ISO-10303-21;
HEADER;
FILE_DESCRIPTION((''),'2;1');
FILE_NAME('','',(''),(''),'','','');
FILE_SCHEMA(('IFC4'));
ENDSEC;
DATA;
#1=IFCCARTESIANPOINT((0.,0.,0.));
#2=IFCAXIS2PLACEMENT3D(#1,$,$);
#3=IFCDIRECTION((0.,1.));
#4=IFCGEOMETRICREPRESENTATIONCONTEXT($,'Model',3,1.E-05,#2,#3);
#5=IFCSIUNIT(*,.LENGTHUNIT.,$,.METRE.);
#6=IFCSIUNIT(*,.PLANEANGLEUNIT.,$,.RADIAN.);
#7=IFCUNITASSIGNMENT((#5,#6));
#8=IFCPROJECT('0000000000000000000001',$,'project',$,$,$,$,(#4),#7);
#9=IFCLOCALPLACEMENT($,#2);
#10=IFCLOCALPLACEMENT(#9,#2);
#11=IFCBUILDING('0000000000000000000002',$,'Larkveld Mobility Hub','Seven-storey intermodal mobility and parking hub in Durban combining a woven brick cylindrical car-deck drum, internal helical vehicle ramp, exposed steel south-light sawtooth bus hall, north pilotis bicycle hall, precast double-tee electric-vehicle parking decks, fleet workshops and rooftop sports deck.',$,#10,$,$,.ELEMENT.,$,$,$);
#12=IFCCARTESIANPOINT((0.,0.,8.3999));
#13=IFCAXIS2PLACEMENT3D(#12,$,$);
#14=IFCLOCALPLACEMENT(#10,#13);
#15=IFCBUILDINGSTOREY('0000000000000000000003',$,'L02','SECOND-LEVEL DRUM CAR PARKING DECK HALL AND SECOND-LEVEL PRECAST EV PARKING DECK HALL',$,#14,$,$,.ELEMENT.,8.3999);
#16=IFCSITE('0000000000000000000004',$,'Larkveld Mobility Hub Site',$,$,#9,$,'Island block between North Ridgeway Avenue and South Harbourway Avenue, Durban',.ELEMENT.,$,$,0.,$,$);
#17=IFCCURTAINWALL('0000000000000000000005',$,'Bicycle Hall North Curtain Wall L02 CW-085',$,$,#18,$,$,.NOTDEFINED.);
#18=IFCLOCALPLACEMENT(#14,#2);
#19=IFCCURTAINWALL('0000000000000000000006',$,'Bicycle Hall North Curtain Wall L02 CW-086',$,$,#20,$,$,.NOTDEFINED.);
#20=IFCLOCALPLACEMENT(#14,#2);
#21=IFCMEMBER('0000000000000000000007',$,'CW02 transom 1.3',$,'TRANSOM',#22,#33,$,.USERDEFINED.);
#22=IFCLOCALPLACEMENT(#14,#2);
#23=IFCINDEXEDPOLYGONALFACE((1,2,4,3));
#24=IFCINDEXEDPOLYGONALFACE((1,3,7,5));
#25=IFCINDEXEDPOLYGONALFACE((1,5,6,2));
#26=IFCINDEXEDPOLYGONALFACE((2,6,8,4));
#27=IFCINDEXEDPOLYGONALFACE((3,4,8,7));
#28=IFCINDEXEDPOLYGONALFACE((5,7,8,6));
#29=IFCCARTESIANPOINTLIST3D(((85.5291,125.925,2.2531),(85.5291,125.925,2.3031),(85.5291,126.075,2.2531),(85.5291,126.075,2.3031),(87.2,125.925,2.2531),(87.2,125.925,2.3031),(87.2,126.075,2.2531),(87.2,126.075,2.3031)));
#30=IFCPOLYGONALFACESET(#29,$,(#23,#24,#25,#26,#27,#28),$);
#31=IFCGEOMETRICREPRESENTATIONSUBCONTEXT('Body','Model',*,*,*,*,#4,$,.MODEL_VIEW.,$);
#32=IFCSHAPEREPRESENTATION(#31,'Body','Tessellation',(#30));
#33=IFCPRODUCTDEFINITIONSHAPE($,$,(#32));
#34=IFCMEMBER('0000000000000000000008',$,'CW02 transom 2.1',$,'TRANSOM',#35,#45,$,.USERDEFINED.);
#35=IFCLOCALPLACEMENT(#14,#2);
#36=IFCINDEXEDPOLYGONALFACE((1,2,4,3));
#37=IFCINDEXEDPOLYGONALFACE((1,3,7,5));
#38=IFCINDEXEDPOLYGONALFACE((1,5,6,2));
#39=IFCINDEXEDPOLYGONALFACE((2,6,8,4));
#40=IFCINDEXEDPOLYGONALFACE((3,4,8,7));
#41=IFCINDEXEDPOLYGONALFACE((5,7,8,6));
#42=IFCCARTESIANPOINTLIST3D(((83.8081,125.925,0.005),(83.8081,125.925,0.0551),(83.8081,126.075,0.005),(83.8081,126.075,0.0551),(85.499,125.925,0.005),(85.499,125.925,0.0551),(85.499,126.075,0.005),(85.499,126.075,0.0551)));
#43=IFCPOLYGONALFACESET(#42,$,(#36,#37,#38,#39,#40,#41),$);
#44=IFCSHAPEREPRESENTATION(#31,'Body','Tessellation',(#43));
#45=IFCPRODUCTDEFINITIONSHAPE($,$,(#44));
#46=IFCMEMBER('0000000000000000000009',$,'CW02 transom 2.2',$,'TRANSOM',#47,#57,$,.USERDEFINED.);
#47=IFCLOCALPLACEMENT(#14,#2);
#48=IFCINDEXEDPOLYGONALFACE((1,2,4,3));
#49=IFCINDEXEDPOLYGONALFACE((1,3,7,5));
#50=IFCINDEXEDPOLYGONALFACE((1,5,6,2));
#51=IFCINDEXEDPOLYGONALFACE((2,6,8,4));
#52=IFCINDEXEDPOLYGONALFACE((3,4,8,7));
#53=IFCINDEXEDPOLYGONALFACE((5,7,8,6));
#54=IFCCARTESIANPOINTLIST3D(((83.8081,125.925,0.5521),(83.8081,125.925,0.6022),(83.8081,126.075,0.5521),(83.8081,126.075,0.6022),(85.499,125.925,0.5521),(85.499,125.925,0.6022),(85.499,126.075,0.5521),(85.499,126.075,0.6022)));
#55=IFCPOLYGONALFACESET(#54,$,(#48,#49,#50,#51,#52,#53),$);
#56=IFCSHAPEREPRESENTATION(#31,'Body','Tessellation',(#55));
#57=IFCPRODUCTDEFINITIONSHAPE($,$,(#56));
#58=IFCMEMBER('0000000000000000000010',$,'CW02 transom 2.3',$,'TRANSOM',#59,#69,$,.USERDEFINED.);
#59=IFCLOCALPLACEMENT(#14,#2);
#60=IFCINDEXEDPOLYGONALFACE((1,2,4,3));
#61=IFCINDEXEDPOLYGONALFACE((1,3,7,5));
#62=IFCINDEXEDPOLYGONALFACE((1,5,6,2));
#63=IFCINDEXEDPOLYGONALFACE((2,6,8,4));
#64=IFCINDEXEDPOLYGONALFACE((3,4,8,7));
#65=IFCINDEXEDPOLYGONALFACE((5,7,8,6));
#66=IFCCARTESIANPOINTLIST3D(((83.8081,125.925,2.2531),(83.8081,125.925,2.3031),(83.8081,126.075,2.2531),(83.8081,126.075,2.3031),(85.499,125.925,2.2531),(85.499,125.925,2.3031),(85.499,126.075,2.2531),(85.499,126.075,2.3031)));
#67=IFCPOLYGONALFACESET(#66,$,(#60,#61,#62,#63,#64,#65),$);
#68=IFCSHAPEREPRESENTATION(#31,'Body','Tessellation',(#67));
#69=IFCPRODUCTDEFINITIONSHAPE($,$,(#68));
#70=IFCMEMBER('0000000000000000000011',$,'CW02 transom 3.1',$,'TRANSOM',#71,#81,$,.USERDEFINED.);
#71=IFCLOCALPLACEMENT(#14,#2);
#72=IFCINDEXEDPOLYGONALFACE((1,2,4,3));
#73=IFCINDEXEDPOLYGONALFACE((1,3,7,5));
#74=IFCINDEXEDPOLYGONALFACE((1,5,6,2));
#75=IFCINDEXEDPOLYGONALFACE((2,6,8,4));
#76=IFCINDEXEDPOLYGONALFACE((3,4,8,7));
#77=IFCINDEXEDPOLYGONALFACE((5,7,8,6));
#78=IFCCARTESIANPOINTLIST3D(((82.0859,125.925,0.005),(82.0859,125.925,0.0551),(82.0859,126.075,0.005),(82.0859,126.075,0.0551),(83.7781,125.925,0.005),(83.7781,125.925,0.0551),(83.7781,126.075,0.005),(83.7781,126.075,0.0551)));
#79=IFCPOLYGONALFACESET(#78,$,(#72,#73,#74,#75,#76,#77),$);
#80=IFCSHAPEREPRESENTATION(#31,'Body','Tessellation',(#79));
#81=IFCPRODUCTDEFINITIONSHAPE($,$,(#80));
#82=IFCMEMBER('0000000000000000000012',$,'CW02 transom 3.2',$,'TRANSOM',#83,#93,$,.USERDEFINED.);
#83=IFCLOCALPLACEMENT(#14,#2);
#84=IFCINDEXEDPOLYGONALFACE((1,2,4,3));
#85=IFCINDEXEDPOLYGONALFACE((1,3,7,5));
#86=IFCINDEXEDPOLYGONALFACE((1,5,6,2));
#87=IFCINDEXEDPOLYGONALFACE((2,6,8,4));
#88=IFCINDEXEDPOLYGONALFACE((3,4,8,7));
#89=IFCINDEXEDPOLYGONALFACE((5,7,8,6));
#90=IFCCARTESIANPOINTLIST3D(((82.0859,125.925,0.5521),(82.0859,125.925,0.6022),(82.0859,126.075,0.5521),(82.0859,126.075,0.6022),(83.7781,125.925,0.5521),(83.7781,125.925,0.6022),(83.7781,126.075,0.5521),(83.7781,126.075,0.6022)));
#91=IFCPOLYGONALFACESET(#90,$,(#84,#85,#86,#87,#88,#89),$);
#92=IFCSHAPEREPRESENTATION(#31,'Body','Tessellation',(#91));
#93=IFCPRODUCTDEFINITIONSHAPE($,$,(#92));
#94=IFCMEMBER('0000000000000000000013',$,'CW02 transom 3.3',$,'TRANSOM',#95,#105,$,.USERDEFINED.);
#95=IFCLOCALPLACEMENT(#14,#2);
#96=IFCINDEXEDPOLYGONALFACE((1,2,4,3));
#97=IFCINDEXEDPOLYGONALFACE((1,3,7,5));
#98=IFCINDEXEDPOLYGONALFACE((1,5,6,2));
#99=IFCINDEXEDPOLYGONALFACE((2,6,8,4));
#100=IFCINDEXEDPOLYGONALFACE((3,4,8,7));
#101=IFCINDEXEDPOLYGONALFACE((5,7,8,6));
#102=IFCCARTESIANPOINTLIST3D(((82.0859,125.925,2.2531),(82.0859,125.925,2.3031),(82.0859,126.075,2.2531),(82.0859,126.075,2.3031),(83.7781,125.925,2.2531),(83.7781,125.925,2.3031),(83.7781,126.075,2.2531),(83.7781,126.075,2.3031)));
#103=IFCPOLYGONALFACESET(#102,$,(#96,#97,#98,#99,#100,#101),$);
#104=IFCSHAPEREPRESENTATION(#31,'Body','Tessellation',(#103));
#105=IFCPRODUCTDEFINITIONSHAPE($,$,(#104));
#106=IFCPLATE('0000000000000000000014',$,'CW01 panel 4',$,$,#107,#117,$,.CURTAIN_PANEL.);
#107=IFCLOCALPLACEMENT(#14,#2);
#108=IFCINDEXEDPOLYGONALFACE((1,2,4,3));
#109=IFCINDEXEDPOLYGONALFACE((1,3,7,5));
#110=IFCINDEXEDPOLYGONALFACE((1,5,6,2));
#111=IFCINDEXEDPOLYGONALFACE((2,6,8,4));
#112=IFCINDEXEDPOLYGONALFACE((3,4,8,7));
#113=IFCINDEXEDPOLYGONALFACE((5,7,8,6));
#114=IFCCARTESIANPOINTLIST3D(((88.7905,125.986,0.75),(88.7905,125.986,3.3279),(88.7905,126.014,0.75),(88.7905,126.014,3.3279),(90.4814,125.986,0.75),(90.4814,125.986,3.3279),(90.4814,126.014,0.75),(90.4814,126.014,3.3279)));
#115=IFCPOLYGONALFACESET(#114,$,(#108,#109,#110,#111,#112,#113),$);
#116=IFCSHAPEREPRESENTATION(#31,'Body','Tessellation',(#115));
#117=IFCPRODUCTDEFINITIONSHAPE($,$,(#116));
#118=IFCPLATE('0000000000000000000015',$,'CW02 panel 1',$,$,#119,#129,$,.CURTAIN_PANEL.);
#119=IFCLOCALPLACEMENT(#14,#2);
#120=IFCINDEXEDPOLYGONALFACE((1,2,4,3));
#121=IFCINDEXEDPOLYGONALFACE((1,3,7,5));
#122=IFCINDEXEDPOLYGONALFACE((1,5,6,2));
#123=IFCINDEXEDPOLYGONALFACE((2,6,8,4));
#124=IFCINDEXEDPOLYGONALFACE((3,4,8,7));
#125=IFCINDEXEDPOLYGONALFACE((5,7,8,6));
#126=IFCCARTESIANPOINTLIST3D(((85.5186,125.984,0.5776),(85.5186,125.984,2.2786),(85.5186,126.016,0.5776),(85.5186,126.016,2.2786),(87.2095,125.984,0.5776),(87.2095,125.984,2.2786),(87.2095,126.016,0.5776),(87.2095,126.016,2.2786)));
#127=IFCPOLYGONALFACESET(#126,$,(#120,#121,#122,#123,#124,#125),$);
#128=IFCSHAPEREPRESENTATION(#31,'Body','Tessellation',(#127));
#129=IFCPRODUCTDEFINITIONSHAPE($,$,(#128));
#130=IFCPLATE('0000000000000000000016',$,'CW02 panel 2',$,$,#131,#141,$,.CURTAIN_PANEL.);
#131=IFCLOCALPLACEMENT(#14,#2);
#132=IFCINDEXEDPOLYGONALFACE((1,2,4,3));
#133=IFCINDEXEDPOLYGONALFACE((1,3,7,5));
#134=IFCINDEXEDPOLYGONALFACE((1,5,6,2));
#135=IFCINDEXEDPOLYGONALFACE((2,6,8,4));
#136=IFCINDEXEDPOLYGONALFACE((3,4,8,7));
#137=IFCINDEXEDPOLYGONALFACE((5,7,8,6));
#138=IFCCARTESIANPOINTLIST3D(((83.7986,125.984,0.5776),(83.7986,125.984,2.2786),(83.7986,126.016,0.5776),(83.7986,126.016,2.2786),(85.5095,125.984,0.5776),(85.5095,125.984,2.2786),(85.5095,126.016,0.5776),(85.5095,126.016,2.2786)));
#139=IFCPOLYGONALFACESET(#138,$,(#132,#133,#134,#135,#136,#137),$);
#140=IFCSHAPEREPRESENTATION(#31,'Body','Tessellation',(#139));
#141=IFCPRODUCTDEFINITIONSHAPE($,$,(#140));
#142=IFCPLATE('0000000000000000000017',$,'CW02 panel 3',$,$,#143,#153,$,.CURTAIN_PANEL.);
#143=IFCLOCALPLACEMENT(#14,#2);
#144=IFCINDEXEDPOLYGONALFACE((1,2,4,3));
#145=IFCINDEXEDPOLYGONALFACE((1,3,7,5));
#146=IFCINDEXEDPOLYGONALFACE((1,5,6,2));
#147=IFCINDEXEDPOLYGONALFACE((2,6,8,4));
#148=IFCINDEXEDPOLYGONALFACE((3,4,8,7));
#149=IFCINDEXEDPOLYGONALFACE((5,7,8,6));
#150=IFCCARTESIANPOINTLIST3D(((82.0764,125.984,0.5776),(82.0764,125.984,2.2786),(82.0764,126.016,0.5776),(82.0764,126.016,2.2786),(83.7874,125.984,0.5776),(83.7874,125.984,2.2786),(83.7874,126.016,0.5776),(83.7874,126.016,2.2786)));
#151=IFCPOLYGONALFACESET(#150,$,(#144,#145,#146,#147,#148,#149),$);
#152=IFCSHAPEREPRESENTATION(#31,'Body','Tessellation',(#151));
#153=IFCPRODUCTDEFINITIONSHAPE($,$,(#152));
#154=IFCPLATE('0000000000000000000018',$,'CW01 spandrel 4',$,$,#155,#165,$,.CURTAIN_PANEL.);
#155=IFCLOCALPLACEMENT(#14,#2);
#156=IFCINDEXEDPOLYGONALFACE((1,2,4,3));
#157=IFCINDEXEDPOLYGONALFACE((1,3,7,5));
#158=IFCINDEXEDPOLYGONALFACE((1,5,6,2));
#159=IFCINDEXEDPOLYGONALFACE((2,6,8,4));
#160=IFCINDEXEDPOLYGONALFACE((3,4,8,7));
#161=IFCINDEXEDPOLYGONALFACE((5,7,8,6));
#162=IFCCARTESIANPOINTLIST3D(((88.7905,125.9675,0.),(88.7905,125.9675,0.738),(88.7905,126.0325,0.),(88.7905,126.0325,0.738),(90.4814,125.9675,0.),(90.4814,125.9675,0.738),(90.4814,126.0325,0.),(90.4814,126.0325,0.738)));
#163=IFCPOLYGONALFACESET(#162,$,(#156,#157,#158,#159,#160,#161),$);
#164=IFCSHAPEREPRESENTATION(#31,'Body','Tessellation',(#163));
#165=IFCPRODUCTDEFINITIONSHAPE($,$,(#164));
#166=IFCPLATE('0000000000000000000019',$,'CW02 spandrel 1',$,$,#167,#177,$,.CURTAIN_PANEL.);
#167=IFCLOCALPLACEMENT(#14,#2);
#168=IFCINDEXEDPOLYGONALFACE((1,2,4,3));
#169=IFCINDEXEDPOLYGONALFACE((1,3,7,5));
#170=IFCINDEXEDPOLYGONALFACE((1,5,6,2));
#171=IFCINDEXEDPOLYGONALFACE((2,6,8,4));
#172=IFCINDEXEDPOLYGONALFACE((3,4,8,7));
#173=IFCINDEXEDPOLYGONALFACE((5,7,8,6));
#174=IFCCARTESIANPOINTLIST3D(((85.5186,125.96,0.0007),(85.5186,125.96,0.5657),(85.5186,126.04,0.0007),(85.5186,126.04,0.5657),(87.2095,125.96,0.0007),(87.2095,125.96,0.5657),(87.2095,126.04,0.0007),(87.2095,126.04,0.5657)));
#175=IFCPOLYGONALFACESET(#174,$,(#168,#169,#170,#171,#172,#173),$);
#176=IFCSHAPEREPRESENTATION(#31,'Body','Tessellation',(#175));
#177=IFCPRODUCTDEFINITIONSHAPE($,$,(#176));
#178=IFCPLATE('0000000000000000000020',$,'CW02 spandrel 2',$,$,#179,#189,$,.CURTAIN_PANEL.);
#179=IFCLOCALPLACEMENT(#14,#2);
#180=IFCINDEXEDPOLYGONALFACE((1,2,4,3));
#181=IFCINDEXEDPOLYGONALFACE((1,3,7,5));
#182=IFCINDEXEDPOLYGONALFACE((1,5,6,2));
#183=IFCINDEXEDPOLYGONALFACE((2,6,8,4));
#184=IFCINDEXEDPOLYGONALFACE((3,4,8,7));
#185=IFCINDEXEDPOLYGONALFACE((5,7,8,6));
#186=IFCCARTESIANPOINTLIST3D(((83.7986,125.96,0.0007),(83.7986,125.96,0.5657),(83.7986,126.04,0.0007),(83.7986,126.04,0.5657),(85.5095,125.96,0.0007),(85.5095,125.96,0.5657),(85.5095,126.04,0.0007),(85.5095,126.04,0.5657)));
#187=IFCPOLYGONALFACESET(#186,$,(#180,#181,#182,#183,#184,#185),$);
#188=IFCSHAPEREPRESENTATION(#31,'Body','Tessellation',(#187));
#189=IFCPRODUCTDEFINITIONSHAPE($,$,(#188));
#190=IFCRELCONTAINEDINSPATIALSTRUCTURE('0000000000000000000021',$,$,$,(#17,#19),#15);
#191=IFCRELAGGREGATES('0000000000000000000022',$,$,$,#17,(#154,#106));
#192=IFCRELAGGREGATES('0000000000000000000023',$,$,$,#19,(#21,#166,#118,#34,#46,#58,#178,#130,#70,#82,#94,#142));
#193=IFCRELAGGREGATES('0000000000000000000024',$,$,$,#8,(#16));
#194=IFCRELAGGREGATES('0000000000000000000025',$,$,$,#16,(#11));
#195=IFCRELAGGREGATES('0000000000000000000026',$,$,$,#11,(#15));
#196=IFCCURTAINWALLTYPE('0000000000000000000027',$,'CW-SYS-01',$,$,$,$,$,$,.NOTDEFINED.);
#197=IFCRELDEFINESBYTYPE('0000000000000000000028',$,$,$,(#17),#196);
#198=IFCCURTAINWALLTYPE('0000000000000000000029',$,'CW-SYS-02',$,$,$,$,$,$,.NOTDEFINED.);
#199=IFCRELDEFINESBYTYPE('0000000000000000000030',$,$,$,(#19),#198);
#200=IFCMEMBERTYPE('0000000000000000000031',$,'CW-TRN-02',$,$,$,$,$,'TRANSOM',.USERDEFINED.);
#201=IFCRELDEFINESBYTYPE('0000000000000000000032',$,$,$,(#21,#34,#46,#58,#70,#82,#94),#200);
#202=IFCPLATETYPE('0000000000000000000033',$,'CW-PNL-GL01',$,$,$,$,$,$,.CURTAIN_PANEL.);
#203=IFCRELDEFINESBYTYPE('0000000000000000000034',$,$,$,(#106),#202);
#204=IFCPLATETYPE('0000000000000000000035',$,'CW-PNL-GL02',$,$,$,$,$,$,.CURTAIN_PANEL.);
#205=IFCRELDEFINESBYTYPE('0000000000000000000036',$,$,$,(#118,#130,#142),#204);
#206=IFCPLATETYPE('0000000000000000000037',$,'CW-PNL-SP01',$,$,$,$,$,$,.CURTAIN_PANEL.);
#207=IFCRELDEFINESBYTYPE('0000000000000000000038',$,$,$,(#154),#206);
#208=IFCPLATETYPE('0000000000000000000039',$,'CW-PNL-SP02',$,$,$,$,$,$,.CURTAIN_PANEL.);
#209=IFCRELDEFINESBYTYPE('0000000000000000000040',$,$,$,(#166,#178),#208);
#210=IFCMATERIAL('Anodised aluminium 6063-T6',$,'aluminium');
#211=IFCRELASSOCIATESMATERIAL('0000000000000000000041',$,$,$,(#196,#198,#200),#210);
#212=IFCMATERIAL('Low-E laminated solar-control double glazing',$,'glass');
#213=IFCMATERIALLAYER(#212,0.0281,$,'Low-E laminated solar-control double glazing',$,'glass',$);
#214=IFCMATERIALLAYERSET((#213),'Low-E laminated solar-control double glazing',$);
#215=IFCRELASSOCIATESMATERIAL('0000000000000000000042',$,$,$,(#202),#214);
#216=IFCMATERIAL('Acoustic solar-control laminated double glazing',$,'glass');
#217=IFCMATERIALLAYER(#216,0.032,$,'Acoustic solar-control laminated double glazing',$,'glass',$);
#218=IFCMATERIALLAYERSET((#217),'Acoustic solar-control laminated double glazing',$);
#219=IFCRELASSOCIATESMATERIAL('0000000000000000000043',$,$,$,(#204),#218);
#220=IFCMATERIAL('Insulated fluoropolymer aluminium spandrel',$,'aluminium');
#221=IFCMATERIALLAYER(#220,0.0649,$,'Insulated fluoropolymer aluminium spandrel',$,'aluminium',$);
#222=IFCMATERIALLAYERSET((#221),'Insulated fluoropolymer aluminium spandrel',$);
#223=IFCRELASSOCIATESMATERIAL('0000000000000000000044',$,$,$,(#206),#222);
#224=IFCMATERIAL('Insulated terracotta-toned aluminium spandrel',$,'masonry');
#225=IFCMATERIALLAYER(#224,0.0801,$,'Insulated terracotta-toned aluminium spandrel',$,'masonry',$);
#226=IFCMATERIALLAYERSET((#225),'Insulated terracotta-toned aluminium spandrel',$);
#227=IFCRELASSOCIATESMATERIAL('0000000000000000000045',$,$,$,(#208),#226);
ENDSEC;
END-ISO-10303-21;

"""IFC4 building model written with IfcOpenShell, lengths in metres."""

from ifc_helpers import new_model, si_unit, direction, frame, origin, origin_2d, place, context, subcontext, project, spatial, rectangle, extrude, material, layer, layer_set, material_profile, profile_set, type_object, element, aggregate, save


model = new_model("IFC4")

# Units and contexts
model_context = context("Model", 3, precision=1e-05, world=origin(), true_north=direction((0.0, 1.0)))
body_context = subcontext(model_context, "Body", "Model", "MODEL_VIEW")
ifc_project = project(units=[si_unit("LENGTHUNIT", "METRE"), si_unit("PLANEANGLEUNIT", "RADIAN")], contexts=[model_context])

# Site, building, storey
site_placement = place(None, origin())
site = spatial("IfcSite", under=ifc_project, at=site_placement, Name="Larkveld Mobility Hub Site", LongName="Island block between North Ridgeway Avenue and South Harbourway Avenue, Durban", CompositionType="ELEMENT", RefElevation=0.0)
building_placement = place(site_placement, origin())
building = spatial("IfcBuilding", under=site, at=building_placement, Name="Larkveld Mobility Hub", Description="Seven-storey intermodal mobility and parking hub in Durban combining a woven brick cylindrical car-deck drum, internal helical vehicle ramp, exposed steel south-light sawtooth bus hall, north pilotis bicycle hall, precast double-tee electric-vehicle parking decks, fleet workshops and rooftop sports deck.", CompositionType="ELEMENT")
storey_placement = place(building_placement, frame((0.0, 0.0, 8.3999)))
storey = spatial("IfcBuildingStorey", under=building, at=storey_placement, Name="L02", Description="SECOND-LEVEL DRUM CAR PARKING DECK HALL AND SECOND-LEVEL PRECAST EV PARKING DECK HALL", CompositionType="ELEMENT", Elevation=8.3999)

# Curtain wall
ifc_material_1 = material(Name="Anodised aluminium 6063-T6", Category="aluminium")
curtain_wall_type_1 = type_object("IfcCurtainWallType", Name="CW-SYS-01", PredefinedType="NOTDEFINED", material=ifc_material_1)
curtain_wall_1_placement = place(storey_placement, origin())
curtain_wall_1 = element("IfcCurtainWall", 1, at=curtain_wall_1_placement, inside=storey, type_object=curtain_wall_type_1, Name="Bicycle Hall North Curtain Wall L02 CW-085", PredefinedType="NOTDEFINED")

# Curtain wall
curtain_wall_type_2 = type_object("IfcCurtainWallType", Name="CW-SYS-02", PredefinedType="NOTDEFINED", material=ifc_material_1)
curtain_wall_2_placement = place(storey_placement, origin())
curtain_wall_2 = element("IfcCurtainWall", 2, at=curtain_wall_2_placement, inside=storey, type_object=curtain_wall_type_2, Name="Bicycle Hall North Curtain Wall L02 CW-086", PredefinedType="NOTDEFINED")

# Members
ifc_material_profile_1 = material_profile(ifc_material_1, rectangle(XDim=0.1499, YDim=0.05, at=origin_2d()), Name="ALU TRAN 50x150")
ifc_profile_set_1 = profile_set([ifc_material_profile_1], Name="Anodised aluminium 6063-T6")
member_type_1 = type_object("IfcMemberType", Name="CW-TRN-02", ElementType="TRANSOM", PredefinedType="USERDEFINED", material=ifc_profile_set_1)
member_1_placement = place(storey_placement, frame((87.2, 126.0, 2.2781), z_axis=(-1.0, 0.0, 0.0), x_axis=(0.0, -1.0, 0.0)))
member_1 = element("IfcMember", 3, at=member_1_placement, type_object=member_type_1, Name="CW02 transom 1.3", ObjectType="TRANSOM", PredefinedType="USERDEFINED", context=body_context, shape_type="SweptSolid", body=[
    extrude(rectangle(XDim=0.1499, YDim=0.05, at=origin_2d()), origin(), (0.0, 0.0, 1.0), 1.6709),
])
member_2_placement = place(storey_placement, frame((85.499, 126.0, 0.03), z_axis=(-1.0, 0.0, 0.0), x_axis=(0.0, -1.0, 0.0)))
member_2 = element("IfcMember", 4, at=member_2_placement, type_object=member_type_1, Name="CW02 transom 2.1", ObjectType="TRANSOM", PredefinedType="USERDEFINED", context=body_context, shape_type="SweptSolid", body=[
    extrude(rectangle(XDim=0.1499, YDim=0.05, at=origin_2d()), origin(), (0.0, 0.0, 1.0), 1.6909),
])
member_3_placement = place(storey_placement, frame((85.499, 126.0, 0.5771), z_axis=(-1.0, 0.0, 0.0), x_axis=(0.0, -1.0, 0.0)))
member_3 = element("IfcMember", 5, at=member_3_placement, type_object=member_type_1, Name="CW02 transom 2.2", ObjectType="TRANSOM", PredefinedType="USERDEFINED", context=body_context, shape_type="SweptSolid", body=[
    extrude(rectangle(XDim=0.1499, YDim=0.05, at=origin_2d()), origin(), (0.0, 0.0, 1.0), 1.6909),
])
member_4_placement = place(storey_placement, frame((85.499, 126.0, 2.2781), z_axis=(-1.0, 0.0, 0.0), x_axis=(0.0, -1.0, 0.0)))
member_4 = element("IfcMember", 6, at=member_4_placement, type_object=member_type_1, Name="CW02 transom 2.3", ObjectType="TRANSOM", PredefinedType="USERDEFINED", context=body_context, shape_type="SweptSolid", body=[
    extrude(rectangle(XDim=0.1499, YDim=0.05, at=origin_2d()), origin(), (0.0, 0.0, 1.0), 1.6909),
])
member_5_placement = place(storey_placement, frame((83.7781, 126.0, 0.03), z_axis=(-1.0, 0.0, 0.0), x_axis=(0.0, -1.0, 0.0)))
member_5 = element("IfcMember", 7, at=member_5_placement, type_object=member_type_1, Name="CW02 transom 3.1", ObjectType="TRANSOM", PredefinedType="USERDEFINED", context=body_context, shape_type="SweptSolid", body=[
    extrude(rectangle(XDim=0.1499, YDim=0.05, at=origin_2d()), origin(), (0.0, 0.0, 1.0), 1.6921),
])
member_6_placement = place(storey_placement, frame((83.7781, 126.0, 0.5771), z_axis=(-1.0, 0.0, 0.0), x_axis=(0.0, -1.0, 0.0)))
member_6 = element("IfcMember", 8, at=member_6_placement, type_object=member_type_1, Name="CW02 transom 3.2", ObjectType="TRANSOM", PredefinedType="USERDEFINED", context=body_context, shape_type="SweptSolid", body=[
    extrude(rectangle(XDim=0.1499, YDim=0.05, at=origin_2d()), origin(), (0.0, 0.0, 1.0), 1.6921),
])
member_7_placement = place(storey_placement, frame((83.7781, 126.0, 2.2781), z_axis=(-1.0, 0.0, 0.0), x_axis=(0.0, -1.0, 0.0)))
member_7 = element("IfcMember", 9, at=member_7_placement, type_object=member_type_1, Name="CW02 transom 3.3", ObjectType="TRANSOM", PredefinedType="USERDEFINED", context=body_context, shape_type="SweptSolid", body=[
    extrude(rectangle(XDim=0.1499, YDim=0.05, at=origin_2d()), origin(), (0.0, 0.0, 1.0), 1.6921),
])

# Plates
ifc_material_2 = material(Name="Low-E laminated solar-control double glazing", Category="glass")
ifc_layer_1 = layer(ifc_material_2, 0.0281, Name="Low-E laminated solar-control double glazing", Category="glass")
ifc_layer_set_1 = layer_set([ifc_layer_1], Name="Low-E laminated solar-control double glazing")
plate_type_1 = type_object("IfcPlateType", Name="CW-PNL-GL01", PredefinedType="CURTAIN_PANEL", material=ifc_layer_set_1)
plate_1_placement = place(storey_placement, frame((89.636, 126.0, 0.75), z_axis=(0.0, 0.0, 1.0), x_axis=(-1.0, 0.0, 0.0)))
plate_1 = element("IfcPlate", 10, at=plate_1_placement, type_object=plate_type_1, Name="CW01 panel 4", PredefinedType="CURTAIN_PANEL", context=body_context, shape_type="SweptSolid", body=[
    extrude(rectangle(XDim=1.6909, YDim=0.0281, at=origin_2d()), origin(), (0.0, 0.0, 1.0), 2.5779),
])
ifc_material_3 = material(Name="Acoustic solar-control laminated double glazing", Category="glass")
ifc_layer_2 = layer(ifc_material_3, 0.032, Name="Acoustic solar-control laminated double glazing", Category="glass")
ifc_layer_set_2 = layer_set([ifc_layer_2], Name="Acoustic solar-control laminated double glazing")
plate_type_2 = type_object("IfcPlateType", Name="CW-PNL-GL02", PredefinedType="CURTAIN_PANEL", material=ifc_layer_set_2)
plate_2_placement = place(storey_placement, frame((86.364, 126.0, 0.5776), z_axis=(0.0, 0.0, 1.0), x_axis=(-1.0, 0.0, 0.0)))
plate_2 = element("IfcPlate", 11, at=plate_2_placement, type_object=plate_type_2, Name="CW02 panel 1", PredefinedType="CURTAIN_PANEL", context=body_context, shape_type="SweptSolid", body=[
    extrude(rectangle(XDim=1.6909, YDim=0.032, at=origin_2d()), origin(), (0.0, 0.0, 1.0), 1.7009),
])
plate_3_placement = place(storey_placement, frame((84.6541, 126.0, 0.5776), z_axis=(0.0, 0.0, 1.0), x_axis=(-1.0, 0.0, 0.0)))
plate_3 = element("IfcPlate", 12, at=plate_3_placement, type_object=plate_type_2, Name="CW02 panel 2", PredefinedType="CURTAIN_PANEL", context=body_context, shape_type="SweptSolid", body=[
    extrude(rectangle(XDim=1.7109, YDim=0.032, at=origin_2d()), origin(), (0.0, 0.0, 1.0), 1.7009),
])
plate_4_placement = place(storey_placement, frame((82.9319, 126.0, 0.5776), z_axis=(0.0, 0.0, 1.0), x_axis=(-1.0, 0.0, 0.0)))
plate_4 = element("IfcPlate", 13, at=plate_4_placement, type_object=plate_type_2, Name="CW02 panel 3", PredefinedType="CURTAIN_PANEL", context=body_context, shape_type="SweptSolid", body=[
    extrude(rectangle(XDim=1.7109, YDim=0.032, at=origin_2d()), origin(), (0.0, 0.0, 1.0), 1.7009),
])
ifc_material_4 = material(Name="Insulated fluoropolymer aluminium spandrel", Category="aluminium")
ifc_layer_3 = layer(ifc_material_4, 0.0649, Name="Insulated fluoropolymer aluminium spandrel", Category="aluminium")
ifc_layer_set_3 = layer_set([ifc_layer_3], Name="Insulated fluoropolymer aluminium spandrel")
plate_type_3 = type_object("IfcPlateType", Name="CW-PNL-SP01", PredefinedType="CURTAIN_PANEL", material=ifc_layer_set_3)
plate_5_placement = place(storey_placement, frame((89.636, 126.0, 0.0), z_axis=(0.0, 0.0, 1.0), x_axis=(-1.0, 0.0, 0.0)))
plate_5 = element("IfcPlate", 14, at=plate_5_placement, type_object=plate_type_3, Name="CW01 spandrel 4", PredefinedType="CURTAIN_PANEL", context=body_context, shape_type="SweptSolid", body=[
    extrude(rectangle(XDim=1.6909, YDim=0.0649, at=origin_2d()), origin(), (0.0, 0.0, 1.0), 0.738),
])
aggregate(curtain_wall_1, [plate_5, plate_1])
ifc_material_5 = material(Name="Insulated terracotta-toned aluminium spandrel", Category="masonry")
ifc_layer_4 = layer(ifc_material_5, 0.0801, Name="Insulated terracotta-toned aluminium spandrel", Category="masonry")
ifc_layer_set_4 = layer_set([ifc_layer_4], Name="Insulated terracotta-toned aluminium spandrel")
plate_type_4 = type_object("IfcPlateType", Name="CW-PNL-SP02", PredefinedType="CURTAIN_PANEL", material=ifc_layer_set_4)
plate_6_placement = place(storey_placement, frame((86.364, 126.0, 0.0007), z_axis=(0.0, 0.0, 1.0), x_axis=(-1.0, 0.0, 0.0)))
plate_6 = element("IfcPlate", 15, at=plate_6_placement, type_object=plate_type_4, Name="CW02 spandrel 1", PredefinedType="CURTAIN_PANEL", context=body_context, shape_type="SweptSolid", body=[
    extrude(rectangle(XDim=1.6909, YDim=0.0801, at=origin_2d()), origin(), (0.0, 0.0, 1.0), 0.5649),
])
plate_7_placement = place(storey_placement, frame((84.6541, 126.0, 0.0007), z_axis=(0.0, 0.0, 1.0), x_axis=(-1.0, 0.0, 0.0)))
plate_7 = element("IfcPlate", 16, at=plate_7_placement, type_object=plate_type_4, Name="CW02 spandrel 2", PredefinedType="CURTAIN_PANEL", context=body_context, shape_type="SweptSolid", body=[
    extrude(rectangle(XDim=1.7109, YDim=0.0801, at=origin_2d()), origin(), (0.0, 0.0, 1.0), 0.5649),
])
aggregate(curtain_wall_2, [member_1, plate_6, plate_2, member_2, member_3, member_4, plate_7, plate_3, member_5, member_6, member_7, plate_4])

save(model, "model.ifc")
